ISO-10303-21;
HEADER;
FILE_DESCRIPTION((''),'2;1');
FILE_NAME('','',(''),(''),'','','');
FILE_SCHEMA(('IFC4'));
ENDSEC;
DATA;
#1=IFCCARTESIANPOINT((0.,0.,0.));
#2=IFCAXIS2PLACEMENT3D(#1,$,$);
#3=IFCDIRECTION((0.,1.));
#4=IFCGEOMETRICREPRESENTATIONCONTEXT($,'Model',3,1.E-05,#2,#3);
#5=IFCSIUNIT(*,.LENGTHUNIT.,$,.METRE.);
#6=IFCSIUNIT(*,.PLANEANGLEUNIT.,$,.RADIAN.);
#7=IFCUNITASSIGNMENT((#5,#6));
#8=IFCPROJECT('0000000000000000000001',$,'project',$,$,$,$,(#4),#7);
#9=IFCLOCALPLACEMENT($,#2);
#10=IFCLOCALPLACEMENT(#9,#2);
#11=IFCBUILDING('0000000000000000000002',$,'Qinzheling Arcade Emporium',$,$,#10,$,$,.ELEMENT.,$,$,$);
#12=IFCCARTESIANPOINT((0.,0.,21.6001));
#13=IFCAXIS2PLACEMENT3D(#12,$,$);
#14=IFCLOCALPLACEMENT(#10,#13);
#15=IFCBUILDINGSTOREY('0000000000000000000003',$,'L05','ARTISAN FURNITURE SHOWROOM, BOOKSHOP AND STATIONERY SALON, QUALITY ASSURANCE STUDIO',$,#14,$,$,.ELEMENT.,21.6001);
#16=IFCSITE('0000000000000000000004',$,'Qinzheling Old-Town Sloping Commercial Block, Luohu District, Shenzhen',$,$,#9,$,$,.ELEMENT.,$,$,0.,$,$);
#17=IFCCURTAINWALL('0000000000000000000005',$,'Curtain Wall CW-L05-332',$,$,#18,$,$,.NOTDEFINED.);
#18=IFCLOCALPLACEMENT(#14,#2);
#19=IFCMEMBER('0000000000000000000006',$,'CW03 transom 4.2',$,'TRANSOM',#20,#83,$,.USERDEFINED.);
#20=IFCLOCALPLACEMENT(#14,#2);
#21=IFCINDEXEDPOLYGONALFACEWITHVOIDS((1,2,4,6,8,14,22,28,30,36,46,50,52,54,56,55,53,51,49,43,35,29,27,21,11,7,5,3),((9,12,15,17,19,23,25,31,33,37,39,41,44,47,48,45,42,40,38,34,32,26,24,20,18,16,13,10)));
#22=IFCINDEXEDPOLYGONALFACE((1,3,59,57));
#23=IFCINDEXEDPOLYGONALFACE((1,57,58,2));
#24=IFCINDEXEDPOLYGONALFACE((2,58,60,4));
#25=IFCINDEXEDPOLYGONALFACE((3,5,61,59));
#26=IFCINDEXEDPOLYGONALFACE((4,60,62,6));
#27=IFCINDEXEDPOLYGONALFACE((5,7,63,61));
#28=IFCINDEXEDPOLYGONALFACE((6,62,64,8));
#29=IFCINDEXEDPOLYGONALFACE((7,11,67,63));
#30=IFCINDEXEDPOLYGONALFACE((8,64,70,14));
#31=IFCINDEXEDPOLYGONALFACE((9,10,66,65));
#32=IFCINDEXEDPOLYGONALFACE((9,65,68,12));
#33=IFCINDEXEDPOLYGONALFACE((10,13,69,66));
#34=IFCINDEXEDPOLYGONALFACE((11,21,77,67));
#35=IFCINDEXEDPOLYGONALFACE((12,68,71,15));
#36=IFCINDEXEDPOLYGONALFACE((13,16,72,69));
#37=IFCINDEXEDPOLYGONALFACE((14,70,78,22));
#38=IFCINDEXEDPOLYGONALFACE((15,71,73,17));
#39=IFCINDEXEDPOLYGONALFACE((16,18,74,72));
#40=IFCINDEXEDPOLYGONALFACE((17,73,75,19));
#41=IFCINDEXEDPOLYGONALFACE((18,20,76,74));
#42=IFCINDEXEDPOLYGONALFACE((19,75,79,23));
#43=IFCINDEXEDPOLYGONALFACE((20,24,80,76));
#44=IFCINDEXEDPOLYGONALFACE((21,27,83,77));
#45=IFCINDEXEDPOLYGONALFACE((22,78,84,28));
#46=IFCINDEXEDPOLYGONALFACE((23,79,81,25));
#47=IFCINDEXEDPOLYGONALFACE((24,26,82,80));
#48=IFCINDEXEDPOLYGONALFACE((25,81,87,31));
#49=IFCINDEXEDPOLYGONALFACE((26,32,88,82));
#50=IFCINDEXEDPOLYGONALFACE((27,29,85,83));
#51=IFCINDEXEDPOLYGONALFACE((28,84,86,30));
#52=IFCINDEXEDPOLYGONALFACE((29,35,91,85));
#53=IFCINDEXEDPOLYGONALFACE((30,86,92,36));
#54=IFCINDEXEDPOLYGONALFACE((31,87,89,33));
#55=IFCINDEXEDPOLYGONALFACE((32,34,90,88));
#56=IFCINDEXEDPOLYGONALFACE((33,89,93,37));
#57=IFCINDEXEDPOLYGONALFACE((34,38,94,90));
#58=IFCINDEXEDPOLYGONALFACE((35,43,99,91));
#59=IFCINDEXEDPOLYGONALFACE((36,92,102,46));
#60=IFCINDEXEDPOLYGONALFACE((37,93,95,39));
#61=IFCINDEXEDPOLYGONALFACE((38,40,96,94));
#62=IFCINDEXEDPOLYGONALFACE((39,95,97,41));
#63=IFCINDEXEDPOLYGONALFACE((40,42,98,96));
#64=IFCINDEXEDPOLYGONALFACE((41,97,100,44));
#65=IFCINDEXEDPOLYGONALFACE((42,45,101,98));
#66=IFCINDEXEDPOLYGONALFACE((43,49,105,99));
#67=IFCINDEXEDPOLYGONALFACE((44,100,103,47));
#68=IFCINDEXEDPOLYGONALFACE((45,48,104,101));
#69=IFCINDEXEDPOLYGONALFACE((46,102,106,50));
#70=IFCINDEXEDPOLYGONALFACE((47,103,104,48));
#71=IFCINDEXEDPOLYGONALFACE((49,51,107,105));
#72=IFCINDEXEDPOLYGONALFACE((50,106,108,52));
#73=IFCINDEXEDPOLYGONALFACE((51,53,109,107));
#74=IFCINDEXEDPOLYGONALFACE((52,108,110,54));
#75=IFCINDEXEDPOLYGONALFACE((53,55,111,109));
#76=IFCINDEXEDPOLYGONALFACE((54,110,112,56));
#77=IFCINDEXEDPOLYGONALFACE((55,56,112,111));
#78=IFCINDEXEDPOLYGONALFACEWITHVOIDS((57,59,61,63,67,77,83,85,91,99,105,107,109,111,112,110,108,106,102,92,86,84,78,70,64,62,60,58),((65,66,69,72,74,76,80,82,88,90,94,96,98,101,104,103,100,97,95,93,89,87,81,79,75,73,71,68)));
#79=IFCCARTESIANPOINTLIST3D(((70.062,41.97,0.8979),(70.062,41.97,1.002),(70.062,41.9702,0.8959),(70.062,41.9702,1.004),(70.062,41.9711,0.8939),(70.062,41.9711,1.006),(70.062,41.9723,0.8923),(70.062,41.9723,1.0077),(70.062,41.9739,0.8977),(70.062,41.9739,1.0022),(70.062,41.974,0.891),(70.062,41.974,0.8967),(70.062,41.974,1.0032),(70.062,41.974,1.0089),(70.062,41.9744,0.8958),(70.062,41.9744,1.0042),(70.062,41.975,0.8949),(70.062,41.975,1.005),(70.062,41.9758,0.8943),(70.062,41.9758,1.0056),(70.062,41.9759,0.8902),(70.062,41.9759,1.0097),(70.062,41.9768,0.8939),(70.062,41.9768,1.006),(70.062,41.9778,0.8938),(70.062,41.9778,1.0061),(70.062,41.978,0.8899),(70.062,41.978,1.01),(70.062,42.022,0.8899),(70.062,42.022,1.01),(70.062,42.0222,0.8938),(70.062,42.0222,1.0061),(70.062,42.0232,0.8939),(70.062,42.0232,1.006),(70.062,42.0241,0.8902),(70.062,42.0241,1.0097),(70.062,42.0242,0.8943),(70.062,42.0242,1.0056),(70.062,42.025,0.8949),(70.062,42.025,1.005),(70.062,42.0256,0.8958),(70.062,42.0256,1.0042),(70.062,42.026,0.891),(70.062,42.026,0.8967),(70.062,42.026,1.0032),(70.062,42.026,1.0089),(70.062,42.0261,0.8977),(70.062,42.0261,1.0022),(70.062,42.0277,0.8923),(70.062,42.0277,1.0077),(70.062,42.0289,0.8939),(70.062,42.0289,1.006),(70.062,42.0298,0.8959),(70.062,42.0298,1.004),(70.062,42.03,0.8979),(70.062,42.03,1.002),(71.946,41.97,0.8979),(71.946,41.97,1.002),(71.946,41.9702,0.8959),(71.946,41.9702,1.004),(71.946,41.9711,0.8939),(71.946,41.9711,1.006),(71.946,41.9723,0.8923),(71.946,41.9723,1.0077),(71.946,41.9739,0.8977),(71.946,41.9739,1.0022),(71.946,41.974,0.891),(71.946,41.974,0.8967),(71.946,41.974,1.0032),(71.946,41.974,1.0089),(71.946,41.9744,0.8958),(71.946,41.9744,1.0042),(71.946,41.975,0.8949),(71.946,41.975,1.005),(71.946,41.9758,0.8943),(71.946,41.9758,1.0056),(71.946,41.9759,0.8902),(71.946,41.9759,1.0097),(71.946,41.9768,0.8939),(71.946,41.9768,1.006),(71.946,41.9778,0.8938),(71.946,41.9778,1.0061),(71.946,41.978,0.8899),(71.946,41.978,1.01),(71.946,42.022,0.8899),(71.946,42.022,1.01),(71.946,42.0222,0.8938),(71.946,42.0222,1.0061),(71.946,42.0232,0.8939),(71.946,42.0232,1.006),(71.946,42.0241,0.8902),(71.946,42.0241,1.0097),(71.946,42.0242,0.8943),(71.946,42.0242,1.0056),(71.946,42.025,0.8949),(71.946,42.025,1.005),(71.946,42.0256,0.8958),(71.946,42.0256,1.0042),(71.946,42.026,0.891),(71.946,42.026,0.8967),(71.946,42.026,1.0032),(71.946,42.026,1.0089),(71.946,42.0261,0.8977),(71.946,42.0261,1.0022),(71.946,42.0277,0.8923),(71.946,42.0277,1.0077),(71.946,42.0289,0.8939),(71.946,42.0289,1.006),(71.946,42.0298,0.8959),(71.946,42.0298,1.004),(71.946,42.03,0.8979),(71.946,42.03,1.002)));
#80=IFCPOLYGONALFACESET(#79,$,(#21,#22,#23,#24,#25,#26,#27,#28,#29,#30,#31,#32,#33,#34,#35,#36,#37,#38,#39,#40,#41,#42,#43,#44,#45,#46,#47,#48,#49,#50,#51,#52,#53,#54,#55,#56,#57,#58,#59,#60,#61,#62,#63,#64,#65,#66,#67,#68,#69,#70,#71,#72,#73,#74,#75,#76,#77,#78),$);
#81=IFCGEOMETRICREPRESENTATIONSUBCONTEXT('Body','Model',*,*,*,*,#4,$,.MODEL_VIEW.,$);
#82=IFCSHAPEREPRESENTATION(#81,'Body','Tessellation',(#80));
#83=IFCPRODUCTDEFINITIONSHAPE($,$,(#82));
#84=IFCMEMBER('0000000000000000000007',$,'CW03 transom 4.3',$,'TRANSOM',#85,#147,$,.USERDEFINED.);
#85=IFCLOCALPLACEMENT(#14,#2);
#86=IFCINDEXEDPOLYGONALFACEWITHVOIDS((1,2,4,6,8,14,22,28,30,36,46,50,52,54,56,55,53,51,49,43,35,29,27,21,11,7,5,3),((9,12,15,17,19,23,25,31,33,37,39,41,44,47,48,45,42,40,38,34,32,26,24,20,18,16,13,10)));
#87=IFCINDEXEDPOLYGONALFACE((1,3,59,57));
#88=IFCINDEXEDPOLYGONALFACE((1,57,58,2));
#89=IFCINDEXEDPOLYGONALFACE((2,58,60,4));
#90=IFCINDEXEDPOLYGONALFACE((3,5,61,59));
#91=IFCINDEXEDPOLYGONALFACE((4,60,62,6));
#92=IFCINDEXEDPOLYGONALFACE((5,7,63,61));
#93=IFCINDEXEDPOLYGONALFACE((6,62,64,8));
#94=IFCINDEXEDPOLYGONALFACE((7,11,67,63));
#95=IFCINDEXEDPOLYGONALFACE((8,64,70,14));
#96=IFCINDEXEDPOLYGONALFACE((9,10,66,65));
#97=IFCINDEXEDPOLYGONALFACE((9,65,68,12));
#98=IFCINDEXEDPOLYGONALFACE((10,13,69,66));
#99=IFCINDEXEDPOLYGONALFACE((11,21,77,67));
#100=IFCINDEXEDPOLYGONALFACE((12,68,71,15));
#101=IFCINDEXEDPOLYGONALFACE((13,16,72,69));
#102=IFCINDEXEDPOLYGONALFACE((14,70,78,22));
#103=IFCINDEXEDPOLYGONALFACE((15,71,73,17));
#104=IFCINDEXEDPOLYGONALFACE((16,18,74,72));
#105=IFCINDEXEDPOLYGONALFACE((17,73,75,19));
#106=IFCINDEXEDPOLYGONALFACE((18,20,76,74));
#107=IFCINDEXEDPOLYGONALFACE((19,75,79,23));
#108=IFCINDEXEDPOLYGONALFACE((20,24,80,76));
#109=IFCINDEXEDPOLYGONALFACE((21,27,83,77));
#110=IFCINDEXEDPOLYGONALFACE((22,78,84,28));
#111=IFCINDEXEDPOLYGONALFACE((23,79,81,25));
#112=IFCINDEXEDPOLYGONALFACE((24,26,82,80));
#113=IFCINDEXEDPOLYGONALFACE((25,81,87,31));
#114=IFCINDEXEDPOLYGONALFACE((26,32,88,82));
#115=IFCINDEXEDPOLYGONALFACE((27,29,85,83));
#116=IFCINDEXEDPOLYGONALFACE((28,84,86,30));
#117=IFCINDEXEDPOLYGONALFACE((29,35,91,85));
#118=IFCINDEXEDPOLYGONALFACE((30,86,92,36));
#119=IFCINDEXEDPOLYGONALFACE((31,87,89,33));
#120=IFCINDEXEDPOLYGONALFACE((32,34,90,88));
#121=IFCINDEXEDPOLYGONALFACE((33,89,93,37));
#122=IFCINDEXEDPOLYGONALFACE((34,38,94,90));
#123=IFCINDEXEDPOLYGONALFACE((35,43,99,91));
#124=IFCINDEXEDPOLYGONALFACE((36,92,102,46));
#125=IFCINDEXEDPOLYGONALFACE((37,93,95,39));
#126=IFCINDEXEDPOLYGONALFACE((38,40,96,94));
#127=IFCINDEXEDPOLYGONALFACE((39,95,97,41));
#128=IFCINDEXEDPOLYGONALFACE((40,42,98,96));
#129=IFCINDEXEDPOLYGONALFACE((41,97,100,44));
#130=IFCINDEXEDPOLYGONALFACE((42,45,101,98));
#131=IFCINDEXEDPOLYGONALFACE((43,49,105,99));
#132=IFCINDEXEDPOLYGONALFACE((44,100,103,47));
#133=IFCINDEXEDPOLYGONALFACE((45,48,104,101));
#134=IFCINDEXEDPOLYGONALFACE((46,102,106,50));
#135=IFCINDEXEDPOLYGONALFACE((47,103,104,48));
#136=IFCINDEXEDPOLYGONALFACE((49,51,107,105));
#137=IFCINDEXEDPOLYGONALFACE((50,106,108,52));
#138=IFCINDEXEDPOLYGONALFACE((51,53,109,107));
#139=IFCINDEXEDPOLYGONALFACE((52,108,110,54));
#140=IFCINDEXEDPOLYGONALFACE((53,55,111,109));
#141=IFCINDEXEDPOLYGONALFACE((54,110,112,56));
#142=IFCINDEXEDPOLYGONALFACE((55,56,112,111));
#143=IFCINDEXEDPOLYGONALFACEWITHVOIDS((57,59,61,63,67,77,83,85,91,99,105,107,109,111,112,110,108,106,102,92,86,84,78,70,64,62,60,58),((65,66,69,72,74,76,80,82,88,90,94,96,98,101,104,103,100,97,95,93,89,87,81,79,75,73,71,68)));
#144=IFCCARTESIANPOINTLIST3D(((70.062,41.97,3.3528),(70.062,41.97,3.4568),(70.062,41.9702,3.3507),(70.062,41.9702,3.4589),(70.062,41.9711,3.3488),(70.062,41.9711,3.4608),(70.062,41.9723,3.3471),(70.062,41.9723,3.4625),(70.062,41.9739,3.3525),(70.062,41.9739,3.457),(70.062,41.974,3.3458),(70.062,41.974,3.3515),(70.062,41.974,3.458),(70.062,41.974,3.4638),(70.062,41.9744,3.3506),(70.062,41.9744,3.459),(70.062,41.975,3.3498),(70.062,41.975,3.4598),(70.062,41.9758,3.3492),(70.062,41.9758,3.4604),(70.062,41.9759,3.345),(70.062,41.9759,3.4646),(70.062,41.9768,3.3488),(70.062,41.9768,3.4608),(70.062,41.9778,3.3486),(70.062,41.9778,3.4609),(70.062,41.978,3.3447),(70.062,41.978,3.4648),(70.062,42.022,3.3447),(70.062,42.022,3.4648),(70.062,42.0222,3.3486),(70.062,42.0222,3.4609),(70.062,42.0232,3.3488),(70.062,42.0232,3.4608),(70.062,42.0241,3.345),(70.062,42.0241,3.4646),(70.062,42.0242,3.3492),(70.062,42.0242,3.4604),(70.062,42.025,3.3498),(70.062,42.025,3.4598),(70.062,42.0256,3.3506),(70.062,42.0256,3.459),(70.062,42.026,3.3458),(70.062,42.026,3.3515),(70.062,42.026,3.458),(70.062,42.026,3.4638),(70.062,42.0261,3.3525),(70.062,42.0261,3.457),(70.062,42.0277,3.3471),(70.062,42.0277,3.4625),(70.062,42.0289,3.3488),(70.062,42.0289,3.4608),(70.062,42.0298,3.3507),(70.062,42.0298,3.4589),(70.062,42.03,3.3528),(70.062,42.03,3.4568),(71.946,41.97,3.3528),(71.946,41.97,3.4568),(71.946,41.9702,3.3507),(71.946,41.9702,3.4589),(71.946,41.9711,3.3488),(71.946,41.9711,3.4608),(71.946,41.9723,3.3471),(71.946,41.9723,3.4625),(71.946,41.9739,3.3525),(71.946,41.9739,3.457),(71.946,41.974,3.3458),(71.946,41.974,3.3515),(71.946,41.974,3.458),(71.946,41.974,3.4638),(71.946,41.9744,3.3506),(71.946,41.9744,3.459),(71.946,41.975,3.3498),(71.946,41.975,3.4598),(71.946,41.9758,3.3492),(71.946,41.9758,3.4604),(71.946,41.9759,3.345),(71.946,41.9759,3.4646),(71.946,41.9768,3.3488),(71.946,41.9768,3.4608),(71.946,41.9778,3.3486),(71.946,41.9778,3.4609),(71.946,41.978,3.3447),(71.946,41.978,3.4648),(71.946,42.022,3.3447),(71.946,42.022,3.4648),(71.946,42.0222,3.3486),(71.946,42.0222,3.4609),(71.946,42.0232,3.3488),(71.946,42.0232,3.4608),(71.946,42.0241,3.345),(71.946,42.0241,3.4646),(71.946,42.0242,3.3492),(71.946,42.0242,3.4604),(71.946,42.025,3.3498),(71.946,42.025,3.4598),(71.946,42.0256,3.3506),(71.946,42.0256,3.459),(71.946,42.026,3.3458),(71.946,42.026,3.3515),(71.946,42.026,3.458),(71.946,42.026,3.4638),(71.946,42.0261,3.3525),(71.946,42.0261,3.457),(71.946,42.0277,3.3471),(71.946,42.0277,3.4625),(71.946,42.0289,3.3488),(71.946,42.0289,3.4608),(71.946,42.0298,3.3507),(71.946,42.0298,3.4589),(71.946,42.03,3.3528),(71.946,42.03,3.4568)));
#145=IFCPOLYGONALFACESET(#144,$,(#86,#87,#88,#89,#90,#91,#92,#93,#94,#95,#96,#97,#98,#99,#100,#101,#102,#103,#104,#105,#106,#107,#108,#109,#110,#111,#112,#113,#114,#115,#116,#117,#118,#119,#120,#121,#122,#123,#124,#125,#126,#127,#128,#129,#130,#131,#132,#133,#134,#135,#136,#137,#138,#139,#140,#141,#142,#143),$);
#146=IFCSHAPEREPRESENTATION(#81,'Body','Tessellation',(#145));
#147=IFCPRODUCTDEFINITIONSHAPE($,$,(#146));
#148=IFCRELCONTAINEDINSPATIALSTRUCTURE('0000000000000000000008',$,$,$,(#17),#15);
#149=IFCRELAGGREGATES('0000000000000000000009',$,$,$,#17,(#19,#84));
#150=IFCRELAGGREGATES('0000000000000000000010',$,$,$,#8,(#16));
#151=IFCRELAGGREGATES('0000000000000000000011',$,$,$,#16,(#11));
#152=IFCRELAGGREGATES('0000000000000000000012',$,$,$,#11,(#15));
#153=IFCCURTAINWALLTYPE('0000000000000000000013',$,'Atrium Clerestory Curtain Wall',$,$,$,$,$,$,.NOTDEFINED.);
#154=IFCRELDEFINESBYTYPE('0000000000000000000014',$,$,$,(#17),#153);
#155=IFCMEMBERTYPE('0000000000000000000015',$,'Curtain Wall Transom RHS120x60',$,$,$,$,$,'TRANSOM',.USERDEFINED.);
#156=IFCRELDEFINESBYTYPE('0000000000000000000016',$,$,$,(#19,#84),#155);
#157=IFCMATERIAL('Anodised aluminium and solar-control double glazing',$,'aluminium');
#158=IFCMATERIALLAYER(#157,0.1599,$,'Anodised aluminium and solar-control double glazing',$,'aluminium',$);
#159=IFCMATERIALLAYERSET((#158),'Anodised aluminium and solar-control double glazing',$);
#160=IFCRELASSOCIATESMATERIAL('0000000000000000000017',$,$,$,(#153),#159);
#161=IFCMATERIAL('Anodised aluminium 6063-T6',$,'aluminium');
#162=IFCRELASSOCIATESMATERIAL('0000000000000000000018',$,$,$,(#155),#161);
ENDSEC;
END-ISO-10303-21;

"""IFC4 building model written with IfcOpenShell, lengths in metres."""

from ifc_helpers import new_model, si_unit, direction, frame, origin, origin_2d, place, context, subcontext, project, spatial, hollow_rectangle, extrude, material, layer, layer_set, material_profile, profile_set, type_object, element, aggregate, save


model = new_model("IFC4")

# Units and contexts
model_context = context("Model", 3, precision=1e-05, world=origin(), true_north=direction((0.0, 1.0)))
body_context = subcontext(model_context, "Body", "Model", "MODEL_VIEW")
ifc_project = project(units=[si_unit("LENGTHUNIT", "METRE"), si_unit("PLANEANGLEUNIT", "RADIAN")], contexts=[model_context])

# Site, building, storey
site_placement = place(None, origin())
site = spatial("IfcSite", under=ifc_project, at=site_placement, Name="Qinzheling Old-Town Sloping Commercial Block, Luohu District, Shenzhen", CompositionType="ELEMENT", RefElevation=0.0)
building_placement = place(site_placement, origin())
building = spatial("IfcBuilding", under=site, at=building_placement, Name="Qinzheling Arcade Emporium", CompositionType="ELEMENT")
storey_placement = place(building_placement, frame((0.0, 0.0, 21.6001)))
storey = spatial("IfcBuildingStorey", under=building, at=storey_placement, Name="L05", Description="ARTISAN FURNITURE SHOWROOM, BOOKSHOP AND STATIONERY SALON, QUALITY ASSURANCE STUDIO", CompositionType="ELEMENT", Elevation=21.6001)

# Curtain wall, members
ifc_material_1 = material(Name="Anodised aluminium and solar-control double glazing", Category="aluminium")
ifc_layer_1 = layer(ifc_material_1, 0.1599, Name="Anodised aluminium and solar-control double glazing", Category="aluminium")
ifc_layer_set_1 = layer_set([ifc_layer_1], Name="Anodised aluminium and solar-control double glazing")
curtain_wall_type = type_object("IfcCurtainWallType", Name="Atrium Clerestory Curtain Wall", PredefinedType="NOTDEFINED", material=ifc_layer_set_1)
curtain_wall_placement = place(storey_placement, origin())
curtain_wall = element("IfcCurtainWall", 1, at=curtain_wall_placement, inside=storey, type_object=curtain_wall_type, Name="Curtain Wall CW-L05-332", PredefinedType="NOTDEFINED")
ifc_material_2 = material(Name="Anodised aluminium 6063-T6", Category="aluminium")
ifc_material_profile_1 = material_profile(ifc_material_2, hollow_rectangle(XDim=0.0601, YDim=0.1201, WallThickness=0.0039, InnerFilletRadius=0.0039, OuterFilletRadius=0.0081, at=origin_2d()), Name="RHS 120x60x4", Category="aluminium")
ifc_profile_set_1 = profile_set([ifc_material_profile_1], Name="Anodised aluminium 6063-T6")
member_type_1 = type_object("IfcMemberType", Name="Curtain Wall Transom RHS120x60", ElementType="TRANSOM", PredefinedType="USERDEFINED", material=ifc_profile_set_1)
member_1_placement = place(storey_placement, frame((71.946, 42.0, 0.95), z_axis=(-1.0, 0.0, 0.0), x_axis=(0.0, -1.0, 0.0)))
member_1 = element("IfcMember", 2, at=member_1_placement, type_object=member_type_1, Name="CW03 transom 4.2", ObjectType="TRANSOM", PredefinedType="USERDEFINED", context=body_context, shape_type="SweptSolid", body=[
    extrude(hollow_rectangle(XDim=0.0601, YDim=0.1201, WallThickness=0.0039, InnerFilletRadius=0.0039, OuterFilletRadius=0.0081, at=origin_2d()), origin(), (0.0, 0.0, 1.0), 1.884),
])
member_2_placement = place(storey_placement, frame((71.946, 42.0, 3.4048), z_axis=(-1.0, 0.0, 0.0), x_axis=(0.0, -1.0, 0.0)))
member_2 = element("IfcMember", 3, at=member_2_placement, type_object=member_type_1, Name="CW03 transom 4.3", ObjectType="TRANSOM", PredefinedType="USERDEFINED", context=body_context, shape_type="SweptSolid", body=[
    extrude(hollow_rectangle(XDim=0.0601, YDim=0.1201, WallThickness=0.0039, InnerFilletRadius=0.0039, OuterFilletRadius=0.0081, at=origin_2d()), origin(), (0.0, 0.0, 1.0), 1.884),
])

aggregate(curtain_wall, [member_1, member_2])

save(model, "model.ifc")
